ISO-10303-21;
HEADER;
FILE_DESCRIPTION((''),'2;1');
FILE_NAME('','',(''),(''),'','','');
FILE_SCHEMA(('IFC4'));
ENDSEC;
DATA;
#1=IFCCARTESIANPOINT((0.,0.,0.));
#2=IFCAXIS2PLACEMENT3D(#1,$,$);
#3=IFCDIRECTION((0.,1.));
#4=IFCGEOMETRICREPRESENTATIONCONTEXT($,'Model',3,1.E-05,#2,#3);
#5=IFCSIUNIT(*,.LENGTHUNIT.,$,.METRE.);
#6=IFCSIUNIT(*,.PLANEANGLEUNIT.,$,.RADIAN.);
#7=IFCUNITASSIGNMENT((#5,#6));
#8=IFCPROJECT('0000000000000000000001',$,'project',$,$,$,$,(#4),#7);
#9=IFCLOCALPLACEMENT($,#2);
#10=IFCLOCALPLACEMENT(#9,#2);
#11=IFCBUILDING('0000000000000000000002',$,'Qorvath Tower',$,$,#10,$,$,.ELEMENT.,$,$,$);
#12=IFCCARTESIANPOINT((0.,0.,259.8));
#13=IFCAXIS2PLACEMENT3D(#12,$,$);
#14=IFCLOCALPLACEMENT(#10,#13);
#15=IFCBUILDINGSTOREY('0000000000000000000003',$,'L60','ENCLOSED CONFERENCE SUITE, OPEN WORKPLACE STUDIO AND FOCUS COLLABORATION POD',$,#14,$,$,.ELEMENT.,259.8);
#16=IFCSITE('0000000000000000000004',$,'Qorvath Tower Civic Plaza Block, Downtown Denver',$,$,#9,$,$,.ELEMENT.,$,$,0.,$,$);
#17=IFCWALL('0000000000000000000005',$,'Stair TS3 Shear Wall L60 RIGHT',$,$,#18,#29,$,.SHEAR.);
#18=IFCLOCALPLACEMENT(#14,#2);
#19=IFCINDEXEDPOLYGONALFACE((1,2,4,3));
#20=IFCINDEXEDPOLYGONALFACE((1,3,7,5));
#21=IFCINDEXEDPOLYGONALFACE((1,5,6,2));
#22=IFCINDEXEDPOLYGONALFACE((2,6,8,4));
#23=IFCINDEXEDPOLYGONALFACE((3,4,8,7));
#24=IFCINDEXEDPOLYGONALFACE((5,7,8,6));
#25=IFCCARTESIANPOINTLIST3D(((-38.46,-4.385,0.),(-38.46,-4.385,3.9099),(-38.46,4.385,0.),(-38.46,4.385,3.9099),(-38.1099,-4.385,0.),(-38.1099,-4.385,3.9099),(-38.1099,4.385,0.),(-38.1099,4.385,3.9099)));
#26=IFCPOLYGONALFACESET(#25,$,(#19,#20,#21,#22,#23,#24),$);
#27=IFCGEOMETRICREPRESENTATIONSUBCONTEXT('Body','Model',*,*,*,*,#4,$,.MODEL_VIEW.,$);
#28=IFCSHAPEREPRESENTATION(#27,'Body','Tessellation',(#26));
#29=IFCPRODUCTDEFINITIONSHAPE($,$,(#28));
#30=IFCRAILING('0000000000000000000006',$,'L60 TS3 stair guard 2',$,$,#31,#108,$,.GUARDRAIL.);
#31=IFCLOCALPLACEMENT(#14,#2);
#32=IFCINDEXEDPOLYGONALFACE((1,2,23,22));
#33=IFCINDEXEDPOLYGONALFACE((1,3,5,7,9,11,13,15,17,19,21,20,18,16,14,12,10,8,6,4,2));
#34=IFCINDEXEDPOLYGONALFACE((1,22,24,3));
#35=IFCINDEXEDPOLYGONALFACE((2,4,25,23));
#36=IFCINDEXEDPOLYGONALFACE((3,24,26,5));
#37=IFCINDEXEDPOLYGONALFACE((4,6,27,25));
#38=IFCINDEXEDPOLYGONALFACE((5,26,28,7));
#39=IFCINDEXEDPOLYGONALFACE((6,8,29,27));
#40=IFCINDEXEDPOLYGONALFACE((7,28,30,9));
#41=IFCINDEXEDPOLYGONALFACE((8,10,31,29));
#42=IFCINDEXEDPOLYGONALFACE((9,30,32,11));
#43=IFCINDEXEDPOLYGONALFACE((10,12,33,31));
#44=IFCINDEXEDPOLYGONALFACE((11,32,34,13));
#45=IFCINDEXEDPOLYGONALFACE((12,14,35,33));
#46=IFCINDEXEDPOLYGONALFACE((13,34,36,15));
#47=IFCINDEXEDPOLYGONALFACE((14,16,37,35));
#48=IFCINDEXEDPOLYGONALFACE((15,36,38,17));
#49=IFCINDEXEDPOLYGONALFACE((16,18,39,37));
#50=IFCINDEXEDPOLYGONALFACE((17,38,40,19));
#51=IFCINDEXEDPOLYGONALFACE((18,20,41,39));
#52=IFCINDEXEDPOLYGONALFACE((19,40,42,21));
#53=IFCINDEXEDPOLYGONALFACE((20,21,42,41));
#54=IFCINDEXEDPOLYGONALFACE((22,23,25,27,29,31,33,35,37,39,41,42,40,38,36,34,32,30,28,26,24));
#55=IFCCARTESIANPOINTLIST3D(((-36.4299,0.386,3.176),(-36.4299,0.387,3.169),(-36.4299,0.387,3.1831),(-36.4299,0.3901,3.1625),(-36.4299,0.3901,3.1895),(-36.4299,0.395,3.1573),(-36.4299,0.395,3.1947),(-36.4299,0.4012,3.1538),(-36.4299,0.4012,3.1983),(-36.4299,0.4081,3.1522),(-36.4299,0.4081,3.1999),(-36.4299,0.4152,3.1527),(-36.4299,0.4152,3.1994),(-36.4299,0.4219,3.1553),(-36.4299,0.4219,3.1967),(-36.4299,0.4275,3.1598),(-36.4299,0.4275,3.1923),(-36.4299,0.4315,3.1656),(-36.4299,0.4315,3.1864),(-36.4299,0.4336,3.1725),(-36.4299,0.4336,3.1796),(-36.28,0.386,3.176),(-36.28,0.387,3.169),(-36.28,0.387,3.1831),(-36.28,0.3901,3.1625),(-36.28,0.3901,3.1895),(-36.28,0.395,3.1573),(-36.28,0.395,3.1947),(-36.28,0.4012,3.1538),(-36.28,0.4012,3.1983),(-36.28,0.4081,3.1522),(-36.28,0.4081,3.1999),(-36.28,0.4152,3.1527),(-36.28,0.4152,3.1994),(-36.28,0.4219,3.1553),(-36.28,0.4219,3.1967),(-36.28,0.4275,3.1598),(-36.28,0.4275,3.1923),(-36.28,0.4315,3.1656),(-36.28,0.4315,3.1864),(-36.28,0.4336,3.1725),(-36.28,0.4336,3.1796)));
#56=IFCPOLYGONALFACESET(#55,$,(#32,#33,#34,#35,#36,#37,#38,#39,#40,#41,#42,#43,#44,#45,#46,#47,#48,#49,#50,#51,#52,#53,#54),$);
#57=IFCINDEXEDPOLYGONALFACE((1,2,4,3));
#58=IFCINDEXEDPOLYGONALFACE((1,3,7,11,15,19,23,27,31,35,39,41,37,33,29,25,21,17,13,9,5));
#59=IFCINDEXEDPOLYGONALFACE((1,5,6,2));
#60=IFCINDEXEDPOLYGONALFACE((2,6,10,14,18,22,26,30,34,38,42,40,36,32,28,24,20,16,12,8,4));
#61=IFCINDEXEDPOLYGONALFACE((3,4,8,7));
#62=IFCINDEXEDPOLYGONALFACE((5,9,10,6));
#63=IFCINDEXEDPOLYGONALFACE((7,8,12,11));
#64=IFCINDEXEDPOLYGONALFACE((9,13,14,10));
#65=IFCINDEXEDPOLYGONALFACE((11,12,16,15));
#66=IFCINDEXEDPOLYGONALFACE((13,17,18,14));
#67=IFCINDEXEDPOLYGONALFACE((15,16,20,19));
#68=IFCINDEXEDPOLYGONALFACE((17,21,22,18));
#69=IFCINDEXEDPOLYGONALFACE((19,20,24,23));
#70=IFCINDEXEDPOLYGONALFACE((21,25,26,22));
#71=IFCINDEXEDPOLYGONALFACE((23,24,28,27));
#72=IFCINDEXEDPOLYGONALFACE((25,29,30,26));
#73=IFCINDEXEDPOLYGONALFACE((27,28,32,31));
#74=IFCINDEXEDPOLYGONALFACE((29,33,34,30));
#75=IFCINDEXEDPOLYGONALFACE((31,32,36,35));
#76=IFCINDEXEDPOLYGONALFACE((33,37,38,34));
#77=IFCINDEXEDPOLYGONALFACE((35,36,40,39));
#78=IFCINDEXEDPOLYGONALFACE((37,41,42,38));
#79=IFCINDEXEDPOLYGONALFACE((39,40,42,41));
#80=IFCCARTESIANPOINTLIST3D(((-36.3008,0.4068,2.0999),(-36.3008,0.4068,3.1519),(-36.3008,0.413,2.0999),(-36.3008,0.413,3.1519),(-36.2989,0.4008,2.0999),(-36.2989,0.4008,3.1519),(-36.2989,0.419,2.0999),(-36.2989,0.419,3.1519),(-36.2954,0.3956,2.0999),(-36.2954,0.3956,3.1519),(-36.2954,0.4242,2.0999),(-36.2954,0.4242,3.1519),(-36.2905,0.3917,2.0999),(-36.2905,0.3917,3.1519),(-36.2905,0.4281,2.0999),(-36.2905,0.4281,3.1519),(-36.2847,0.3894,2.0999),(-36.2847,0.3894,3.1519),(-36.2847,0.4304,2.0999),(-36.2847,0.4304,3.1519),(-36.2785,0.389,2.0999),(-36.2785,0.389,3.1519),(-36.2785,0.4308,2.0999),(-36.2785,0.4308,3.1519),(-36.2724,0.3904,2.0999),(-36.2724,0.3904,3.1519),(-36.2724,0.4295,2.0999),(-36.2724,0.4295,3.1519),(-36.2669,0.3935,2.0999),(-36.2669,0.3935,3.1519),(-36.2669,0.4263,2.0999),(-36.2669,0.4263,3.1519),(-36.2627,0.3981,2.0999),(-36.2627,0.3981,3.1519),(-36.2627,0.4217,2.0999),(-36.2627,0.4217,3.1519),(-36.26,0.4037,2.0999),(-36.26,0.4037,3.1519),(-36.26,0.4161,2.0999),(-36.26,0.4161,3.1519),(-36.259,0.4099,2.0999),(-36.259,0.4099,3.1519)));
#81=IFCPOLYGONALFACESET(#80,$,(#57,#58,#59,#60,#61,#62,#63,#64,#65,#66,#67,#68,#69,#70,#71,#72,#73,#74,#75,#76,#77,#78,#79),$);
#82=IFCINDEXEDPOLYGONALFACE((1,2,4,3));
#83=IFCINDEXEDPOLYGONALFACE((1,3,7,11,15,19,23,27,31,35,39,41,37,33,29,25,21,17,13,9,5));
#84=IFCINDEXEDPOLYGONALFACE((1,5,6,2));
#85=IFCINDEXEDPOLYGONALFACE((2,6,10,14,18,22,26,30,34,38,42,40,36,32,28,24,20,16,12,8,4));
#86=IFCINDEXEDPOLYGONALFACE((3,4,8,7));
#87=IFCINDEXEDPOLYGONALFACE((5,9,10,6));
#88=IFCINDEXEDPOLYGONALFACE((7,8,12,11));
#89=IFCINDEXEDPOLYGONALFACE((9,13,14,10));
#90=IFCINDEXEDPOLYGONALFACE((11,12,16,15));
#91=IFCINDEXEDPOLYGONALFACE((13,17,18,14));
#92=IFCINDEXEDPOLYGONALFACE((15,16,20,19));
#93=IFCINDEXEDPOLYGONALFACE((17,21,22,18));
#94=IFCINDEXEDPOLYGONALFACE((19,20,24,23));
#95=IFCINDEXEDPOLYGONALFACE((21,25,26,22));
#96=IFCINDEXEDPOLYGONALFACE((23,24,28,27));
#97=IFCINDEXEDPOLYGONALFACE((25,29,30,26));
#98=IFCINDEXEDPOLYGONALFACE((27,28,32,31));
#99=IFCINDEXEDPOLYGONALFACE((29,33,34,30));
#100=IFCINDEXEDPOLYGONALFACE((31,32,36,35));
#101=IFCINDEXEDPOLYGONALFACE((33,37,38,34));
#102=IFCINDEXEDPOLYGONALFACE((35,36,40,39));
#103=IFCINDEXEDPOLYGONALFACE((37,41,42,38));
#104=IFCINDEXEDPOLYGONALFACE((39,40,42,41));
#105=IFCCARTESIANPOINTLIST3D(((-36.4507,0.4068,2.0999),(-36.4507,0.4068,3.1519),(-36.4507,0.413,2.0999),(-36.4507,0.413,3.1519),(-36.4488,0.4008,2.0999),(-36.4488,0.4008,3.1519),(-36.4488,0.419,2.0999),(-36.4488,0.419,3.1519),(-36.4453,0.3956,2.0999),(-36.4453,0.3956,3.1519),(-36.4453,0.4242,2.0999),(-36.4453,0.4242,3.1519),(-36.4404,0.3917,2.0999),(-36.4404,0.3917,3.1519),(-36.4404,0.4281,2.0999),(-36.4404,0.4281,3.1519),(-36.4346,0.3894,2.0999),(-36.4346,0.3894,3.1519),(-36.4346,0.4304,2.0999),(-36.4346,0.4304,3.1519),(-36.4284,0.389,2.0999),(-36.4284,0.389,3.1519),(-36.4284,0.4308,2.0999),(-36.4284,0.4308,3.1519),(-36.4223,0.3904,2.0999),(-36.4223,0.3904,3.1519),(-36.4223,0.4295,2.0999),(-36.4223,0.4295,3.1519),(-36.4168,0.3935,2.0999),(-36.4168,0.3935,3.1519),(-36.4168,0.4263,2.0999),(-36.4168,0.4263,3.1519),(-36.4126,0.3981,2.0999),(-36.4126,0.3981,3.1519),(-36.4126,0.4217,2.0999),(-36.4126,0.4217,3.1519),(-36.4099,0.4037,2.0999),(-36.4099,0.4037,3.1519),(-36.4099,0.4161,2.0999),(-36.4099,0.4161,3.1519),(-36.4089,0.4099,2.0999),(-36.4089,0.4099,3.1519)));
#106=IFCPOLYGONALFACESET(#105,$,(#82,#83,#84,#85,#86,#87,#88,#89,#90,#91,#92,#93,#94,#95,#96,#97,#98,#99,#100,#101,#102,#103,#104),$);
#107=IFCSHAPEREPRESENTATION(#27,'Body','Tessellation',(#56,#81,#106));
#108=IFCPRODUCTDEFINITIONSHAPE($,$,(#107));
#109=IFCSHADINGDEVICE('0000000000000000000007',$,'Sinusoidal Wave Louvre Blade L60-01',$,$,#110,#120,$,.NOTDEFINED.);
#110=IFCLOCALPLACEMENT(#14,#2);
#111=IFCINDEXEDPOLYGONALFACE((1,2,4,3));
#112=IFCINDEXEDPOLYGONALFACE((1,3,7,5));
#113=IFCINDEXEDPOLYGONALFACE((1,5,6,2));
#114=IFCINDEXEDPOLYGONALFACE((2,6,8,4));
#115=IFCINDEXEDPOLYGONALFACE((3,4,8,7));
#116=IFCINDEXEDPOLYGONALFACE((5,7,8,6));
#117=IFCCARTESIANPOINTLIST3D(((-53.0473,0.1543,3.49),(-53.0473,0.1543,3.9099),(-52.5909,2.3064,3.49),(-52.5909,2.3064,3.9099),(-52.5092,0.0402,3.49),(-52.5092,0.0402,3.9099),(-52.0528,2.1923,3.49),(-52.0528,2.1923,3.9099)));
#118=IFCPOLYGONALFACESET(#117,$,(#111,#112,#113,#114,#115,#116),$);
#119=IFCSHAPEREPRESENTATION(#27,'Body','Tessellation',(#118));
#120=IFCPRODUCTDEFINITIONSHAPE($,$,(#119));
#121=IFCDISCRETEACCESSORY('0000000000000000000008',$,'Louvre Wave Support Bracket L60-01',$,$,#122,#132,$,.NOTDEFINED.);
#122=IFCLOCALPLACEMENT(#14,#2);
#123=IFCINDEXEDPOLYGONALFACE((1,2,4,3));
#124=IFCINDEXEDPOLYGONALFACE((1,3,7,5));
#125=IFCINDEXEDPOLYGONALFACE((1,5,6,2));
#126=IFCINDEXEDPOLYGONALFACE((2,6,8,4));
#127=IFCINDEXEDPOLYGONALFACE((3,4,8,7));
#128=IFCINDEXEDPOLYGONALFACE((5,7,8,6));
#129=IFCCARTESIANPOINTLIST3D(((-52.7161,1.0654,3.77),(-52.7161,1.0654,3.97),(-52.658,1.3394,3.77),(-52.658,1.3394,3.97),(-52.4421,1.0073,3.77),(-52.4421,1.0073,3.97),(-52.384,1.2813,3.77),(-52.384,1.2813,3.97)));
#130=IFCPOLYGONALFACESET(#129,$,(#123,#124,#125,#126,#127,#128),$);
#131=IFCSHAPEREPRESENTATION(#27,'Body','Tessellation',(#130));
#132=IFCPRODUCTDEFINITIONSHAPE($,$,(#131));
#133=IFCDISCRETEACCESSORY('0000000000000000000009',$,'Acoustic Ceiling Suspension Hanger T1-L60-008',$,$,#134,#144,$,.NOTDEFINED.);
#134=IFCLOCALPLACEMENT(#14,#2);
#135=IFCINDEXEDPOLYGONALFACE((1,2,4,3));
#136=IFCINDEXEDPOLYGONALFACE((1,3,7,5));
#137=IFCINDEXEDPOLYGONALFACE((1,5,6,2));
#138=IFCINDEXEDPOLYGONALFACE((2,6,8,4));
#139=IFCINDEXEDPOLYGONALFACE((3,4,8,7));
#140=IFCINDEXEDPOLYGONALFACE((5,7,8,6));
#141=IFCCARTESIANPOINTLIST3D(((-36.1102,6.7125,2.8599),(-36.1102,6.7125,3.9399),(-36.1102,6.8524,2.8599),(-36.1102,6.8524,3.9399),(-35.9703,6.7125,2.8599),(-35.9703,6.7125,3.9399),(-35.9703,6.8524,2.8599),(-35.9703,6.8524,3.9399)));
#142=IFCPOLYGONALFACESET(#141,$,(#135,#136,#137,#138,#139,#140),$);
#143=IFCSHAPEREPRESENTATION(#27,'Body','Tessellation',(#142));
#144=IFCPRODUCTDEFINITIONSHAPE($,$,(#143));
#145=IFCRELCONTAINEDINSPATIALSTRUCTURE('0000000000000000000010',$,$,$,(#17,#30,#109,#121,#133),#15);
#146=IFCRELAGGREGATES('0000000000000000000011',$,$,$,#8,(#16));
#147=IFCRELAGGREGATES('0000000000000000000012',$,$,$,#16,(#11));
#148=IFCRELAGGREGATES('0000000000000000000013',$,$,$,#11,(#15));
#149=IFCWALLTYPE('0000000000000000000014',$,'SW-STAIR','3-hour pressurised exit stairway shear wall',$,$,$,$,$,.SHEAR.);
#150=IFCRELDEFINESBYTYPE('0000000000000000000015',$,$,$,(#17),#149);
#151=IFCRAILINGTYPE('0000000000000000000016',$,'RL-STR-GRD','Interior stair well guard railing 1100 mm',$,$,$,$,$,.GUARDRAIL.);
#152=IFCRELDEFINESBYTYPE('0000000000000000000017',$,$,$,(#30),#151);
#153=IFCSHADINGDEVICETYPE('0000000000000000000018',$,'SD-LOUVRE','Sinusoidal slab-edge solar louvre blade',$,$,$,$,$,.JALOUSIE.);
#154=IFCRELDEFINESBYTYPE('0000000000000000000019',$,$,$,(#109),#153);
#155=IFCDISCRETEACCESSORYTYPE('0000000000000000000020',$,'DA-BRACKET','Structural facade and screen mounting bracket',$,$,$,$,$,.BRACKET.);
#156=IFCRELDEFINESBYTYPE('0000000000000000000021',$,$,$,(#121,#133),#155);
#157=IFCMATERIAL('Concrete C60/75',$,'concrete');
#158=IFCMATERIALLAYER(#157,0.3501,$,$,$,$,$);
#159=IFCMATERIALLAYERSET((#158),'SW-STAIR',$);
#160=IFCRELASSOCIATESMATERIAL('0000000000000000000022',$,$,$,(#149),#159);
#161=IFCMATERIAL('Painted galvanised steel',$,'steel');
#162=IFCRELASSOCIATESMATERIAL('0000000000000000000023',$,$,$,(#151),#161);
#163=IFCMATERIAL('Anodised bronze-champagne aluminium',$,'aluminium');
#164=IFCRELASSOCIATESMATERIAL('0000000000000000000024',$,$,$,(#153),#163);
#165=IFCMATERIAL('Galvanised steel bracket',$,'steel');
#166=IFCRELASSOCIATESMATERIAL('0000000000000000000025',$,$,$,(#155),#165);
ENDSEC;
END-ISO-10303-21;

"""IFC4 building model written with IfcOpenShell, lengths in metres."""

from ifc_helpers import new_model, si_unit, direction, frame, frame_2d, origin, origin_2d, place, context, subcontext, project, spatial, rectangle, circle, extrude, material, layer, layer_set, type_object, element, save


model = new_model("IFC4")

# Units and contexts
model_context = context("Model", 3, precision=1e-05, world=origin(), true_north=direction((0.0, 1.0)))
body_context = subcontext(model_context, "Body", "Model", "MODEL_VIEW")
ifc_project = project(units=[si_unit("LENGTHUNIT", "METRE"), si_unit("PLANEANGLEUNIT", "RADIAN")], contexts=[model_context])

# Site, building, storey
site_placement = place(None, origin())
site = spatial("IfcSite", under=ifc_project, at=site_placement, Name="Qorvath Tower Civic Plaza Block, Downtown Denver", CompositionType="ELEMENT", RefElevation=0.0)
building_placement = place(site_placement, origin())
building = spatial("IfcBuilding", under=site, at=building_placement, Name="Qorvath Tower", CompositionType="ELEMENT")
storey_placement = place(building_placement, frame((0.0, 0.0, 259.8)))
storey = spatial("IfcBuildingStorey", under=building, at=storey_placement, Name="L60", Description="ENCLOSED CONFERENCE SUITE, OPEN WORKPLACE STUDIO AND FOCUS COLLABORATION POD", CompositionType="ELEMENT", Elevation=259.8)

# Wall
ifc_material_1 = material(Name="Concrete C60/75", Category="concrete")
ifc_layer_1 = layer(ifc_material_1, 0.3501)
ifc_layer_set_1 = layer_set([ifc_layer_1], Name="SW-STAIR")
wall_type_1 = type_object("IfcWallType", Name="SW-STAIR", Description="3-hour pressurised exit stairway shear wall", PredefinedType="SHEAR", material=ifc_layer_set_1)
wall_1_placement = place(storey_placement, frame((-38.2849, 4.385, 0.0), z_axis=(0.0, 0.0, 1.0), x_axis=(0.0, -1.0, 0.0)))
element("IfcWall", 1, at=wall_1_placement, inside=storey, type_object=wall_type_1, Name="Stair TS3 Shear Wall L60 RIGHT", PredefinedType="SHEAR", context=body_context, shape_type="SweptSolid", body=[
    extrude(rectangle(XDim=8.77, YDim=0.3501, at=frame_2d((4.385, 0.0))), origin(), (0.0, 0.0, 1.0), 3.9099),
])

# Railing
ifc_material_2 = material(Name="Painted galvanised steel", Category="steel")
railing_type = type_object("IfcRailingType", Name="RL-STR-GRD", Description="Interior stair well guard railing 1100 mm", PredefinedType="GUARDRAIL", material=ifc_material_2)
railing_placement = place(storey_placement, frame((-36.28, 0.4099, 2.0999)))
element("IfcRailing", 2, at=railing_placement, inside=storey, type_object=railing_type, Name="L60 TS3 stair guard 2", PredefinedType="GUARDRAIL", context=body_context, shape_type="SweptSolid", body=[
    extrude(circle(Radius=0.0239, at=origin_2d()), frame((0.0, 0.0, 1.0762), z_axis=(-1.0, 0.0, 0.0), x_axis=(0.0, -1.0, 0.0)), (0.0, 0.0, 1.0), 0.1499),
    extrude(circle(Radius=0.021, at=origin_2d()), origin(), (0.0, 0.0, 1.0), 1.052),
    extrude(circle(Radius=0.021, at=origin_2d()), frame((-0.1499, 0.0, 0.0)), (0.0, 0.0, 1.0), 1.052),
])

# Shading device
ifc_material_3 = material(Name="Anodised bronze-champagne aluminium", Category="aluminium")
shading_device_type = type_object("IfcShadingDeviceType", Name="SD-LOUVRE", Description="Sinusoidal slab-edge solar louvre blade", PredefinedType="JALOUSIE", material=ifc_material_3)
shading_device_placement = place(storey_placement, frame((-52.55, 1.1733, 3.49), z_axis=(0.0, 0.0, 1.0), x_axis=(-0.207429, -0.97825, 0.0)))
element("IfcShadingDevice", 3, at=shading_device_placement, inside=storey, type_object=shading_device_type, Name="Sinusoidal Wave Louvre Blade L60-01", PredefinedType="NOTDEFINED", context=body_context, shape_type="SweptSolid", body=[
    extrude(rectangle(XDim=2.2, YDim=0.55, at=origin_2d()), origin(), (0.0, 0.0, 1.0), 0.4199),
])

# Discrete accessories
ifc_material_4 = material(Name="Galvanised steel bracket", Category="steel")
discrete_accessory_type = type_object("IfcDiscreteAccessoryType", Name="DA-BRACKET", Description="Structural facade and screen mounting bracket", PredefinedType="BRACKET", material=ifc_material_4)
discrete_accessory_1_placement = place(storey_placement, frame((-52.55, 1.1733, 3.77), z_axis=(0.0, 0.0, 1.0), x_axis=(-0.207429, -0.97825, 0.0)))
element("IfcDiscreteAccessory", 4, at=discrete_accessory_1_placement, inside=storey, type_object=discrete_accessory_type, Name="Louvre Wave Support Bracket L60-01", PredefinedType="NOTDEFINED", context=body_context, shape_type="SweptSolid", body=[
    extrude(rectangle(XDim=0.28, YDim=0.28, at=origin_2d()), origin(), (0.0, 0.0, 1.0), 0.2),
])
discrete_accessory_2_placement = place(storey_placement, frame((-36.0403, 6.7825, 2.8599), z_axis=(0.0, 0.0, 1.0), x_axis=(1.0, 0.0, 0.0)))
element("IfcDiscreteAccessory", 5, at=discrete_accessory_2_placement, inside=storey, type_object=discrete_accessory_type, Name="Acoustic Ceiling Suspension Hanger T1-L60-008", PredefinedType="NOTDEFINED", context=body_context, shape_type="SweptSolid", body=[
    extrude(rectangle(XDim=0.1399, YDim=0.1399, at=origin_2d()), origin(), (0.0, 0.0, 1.0), 1.0801),
])

save(model, "model.ifc")
